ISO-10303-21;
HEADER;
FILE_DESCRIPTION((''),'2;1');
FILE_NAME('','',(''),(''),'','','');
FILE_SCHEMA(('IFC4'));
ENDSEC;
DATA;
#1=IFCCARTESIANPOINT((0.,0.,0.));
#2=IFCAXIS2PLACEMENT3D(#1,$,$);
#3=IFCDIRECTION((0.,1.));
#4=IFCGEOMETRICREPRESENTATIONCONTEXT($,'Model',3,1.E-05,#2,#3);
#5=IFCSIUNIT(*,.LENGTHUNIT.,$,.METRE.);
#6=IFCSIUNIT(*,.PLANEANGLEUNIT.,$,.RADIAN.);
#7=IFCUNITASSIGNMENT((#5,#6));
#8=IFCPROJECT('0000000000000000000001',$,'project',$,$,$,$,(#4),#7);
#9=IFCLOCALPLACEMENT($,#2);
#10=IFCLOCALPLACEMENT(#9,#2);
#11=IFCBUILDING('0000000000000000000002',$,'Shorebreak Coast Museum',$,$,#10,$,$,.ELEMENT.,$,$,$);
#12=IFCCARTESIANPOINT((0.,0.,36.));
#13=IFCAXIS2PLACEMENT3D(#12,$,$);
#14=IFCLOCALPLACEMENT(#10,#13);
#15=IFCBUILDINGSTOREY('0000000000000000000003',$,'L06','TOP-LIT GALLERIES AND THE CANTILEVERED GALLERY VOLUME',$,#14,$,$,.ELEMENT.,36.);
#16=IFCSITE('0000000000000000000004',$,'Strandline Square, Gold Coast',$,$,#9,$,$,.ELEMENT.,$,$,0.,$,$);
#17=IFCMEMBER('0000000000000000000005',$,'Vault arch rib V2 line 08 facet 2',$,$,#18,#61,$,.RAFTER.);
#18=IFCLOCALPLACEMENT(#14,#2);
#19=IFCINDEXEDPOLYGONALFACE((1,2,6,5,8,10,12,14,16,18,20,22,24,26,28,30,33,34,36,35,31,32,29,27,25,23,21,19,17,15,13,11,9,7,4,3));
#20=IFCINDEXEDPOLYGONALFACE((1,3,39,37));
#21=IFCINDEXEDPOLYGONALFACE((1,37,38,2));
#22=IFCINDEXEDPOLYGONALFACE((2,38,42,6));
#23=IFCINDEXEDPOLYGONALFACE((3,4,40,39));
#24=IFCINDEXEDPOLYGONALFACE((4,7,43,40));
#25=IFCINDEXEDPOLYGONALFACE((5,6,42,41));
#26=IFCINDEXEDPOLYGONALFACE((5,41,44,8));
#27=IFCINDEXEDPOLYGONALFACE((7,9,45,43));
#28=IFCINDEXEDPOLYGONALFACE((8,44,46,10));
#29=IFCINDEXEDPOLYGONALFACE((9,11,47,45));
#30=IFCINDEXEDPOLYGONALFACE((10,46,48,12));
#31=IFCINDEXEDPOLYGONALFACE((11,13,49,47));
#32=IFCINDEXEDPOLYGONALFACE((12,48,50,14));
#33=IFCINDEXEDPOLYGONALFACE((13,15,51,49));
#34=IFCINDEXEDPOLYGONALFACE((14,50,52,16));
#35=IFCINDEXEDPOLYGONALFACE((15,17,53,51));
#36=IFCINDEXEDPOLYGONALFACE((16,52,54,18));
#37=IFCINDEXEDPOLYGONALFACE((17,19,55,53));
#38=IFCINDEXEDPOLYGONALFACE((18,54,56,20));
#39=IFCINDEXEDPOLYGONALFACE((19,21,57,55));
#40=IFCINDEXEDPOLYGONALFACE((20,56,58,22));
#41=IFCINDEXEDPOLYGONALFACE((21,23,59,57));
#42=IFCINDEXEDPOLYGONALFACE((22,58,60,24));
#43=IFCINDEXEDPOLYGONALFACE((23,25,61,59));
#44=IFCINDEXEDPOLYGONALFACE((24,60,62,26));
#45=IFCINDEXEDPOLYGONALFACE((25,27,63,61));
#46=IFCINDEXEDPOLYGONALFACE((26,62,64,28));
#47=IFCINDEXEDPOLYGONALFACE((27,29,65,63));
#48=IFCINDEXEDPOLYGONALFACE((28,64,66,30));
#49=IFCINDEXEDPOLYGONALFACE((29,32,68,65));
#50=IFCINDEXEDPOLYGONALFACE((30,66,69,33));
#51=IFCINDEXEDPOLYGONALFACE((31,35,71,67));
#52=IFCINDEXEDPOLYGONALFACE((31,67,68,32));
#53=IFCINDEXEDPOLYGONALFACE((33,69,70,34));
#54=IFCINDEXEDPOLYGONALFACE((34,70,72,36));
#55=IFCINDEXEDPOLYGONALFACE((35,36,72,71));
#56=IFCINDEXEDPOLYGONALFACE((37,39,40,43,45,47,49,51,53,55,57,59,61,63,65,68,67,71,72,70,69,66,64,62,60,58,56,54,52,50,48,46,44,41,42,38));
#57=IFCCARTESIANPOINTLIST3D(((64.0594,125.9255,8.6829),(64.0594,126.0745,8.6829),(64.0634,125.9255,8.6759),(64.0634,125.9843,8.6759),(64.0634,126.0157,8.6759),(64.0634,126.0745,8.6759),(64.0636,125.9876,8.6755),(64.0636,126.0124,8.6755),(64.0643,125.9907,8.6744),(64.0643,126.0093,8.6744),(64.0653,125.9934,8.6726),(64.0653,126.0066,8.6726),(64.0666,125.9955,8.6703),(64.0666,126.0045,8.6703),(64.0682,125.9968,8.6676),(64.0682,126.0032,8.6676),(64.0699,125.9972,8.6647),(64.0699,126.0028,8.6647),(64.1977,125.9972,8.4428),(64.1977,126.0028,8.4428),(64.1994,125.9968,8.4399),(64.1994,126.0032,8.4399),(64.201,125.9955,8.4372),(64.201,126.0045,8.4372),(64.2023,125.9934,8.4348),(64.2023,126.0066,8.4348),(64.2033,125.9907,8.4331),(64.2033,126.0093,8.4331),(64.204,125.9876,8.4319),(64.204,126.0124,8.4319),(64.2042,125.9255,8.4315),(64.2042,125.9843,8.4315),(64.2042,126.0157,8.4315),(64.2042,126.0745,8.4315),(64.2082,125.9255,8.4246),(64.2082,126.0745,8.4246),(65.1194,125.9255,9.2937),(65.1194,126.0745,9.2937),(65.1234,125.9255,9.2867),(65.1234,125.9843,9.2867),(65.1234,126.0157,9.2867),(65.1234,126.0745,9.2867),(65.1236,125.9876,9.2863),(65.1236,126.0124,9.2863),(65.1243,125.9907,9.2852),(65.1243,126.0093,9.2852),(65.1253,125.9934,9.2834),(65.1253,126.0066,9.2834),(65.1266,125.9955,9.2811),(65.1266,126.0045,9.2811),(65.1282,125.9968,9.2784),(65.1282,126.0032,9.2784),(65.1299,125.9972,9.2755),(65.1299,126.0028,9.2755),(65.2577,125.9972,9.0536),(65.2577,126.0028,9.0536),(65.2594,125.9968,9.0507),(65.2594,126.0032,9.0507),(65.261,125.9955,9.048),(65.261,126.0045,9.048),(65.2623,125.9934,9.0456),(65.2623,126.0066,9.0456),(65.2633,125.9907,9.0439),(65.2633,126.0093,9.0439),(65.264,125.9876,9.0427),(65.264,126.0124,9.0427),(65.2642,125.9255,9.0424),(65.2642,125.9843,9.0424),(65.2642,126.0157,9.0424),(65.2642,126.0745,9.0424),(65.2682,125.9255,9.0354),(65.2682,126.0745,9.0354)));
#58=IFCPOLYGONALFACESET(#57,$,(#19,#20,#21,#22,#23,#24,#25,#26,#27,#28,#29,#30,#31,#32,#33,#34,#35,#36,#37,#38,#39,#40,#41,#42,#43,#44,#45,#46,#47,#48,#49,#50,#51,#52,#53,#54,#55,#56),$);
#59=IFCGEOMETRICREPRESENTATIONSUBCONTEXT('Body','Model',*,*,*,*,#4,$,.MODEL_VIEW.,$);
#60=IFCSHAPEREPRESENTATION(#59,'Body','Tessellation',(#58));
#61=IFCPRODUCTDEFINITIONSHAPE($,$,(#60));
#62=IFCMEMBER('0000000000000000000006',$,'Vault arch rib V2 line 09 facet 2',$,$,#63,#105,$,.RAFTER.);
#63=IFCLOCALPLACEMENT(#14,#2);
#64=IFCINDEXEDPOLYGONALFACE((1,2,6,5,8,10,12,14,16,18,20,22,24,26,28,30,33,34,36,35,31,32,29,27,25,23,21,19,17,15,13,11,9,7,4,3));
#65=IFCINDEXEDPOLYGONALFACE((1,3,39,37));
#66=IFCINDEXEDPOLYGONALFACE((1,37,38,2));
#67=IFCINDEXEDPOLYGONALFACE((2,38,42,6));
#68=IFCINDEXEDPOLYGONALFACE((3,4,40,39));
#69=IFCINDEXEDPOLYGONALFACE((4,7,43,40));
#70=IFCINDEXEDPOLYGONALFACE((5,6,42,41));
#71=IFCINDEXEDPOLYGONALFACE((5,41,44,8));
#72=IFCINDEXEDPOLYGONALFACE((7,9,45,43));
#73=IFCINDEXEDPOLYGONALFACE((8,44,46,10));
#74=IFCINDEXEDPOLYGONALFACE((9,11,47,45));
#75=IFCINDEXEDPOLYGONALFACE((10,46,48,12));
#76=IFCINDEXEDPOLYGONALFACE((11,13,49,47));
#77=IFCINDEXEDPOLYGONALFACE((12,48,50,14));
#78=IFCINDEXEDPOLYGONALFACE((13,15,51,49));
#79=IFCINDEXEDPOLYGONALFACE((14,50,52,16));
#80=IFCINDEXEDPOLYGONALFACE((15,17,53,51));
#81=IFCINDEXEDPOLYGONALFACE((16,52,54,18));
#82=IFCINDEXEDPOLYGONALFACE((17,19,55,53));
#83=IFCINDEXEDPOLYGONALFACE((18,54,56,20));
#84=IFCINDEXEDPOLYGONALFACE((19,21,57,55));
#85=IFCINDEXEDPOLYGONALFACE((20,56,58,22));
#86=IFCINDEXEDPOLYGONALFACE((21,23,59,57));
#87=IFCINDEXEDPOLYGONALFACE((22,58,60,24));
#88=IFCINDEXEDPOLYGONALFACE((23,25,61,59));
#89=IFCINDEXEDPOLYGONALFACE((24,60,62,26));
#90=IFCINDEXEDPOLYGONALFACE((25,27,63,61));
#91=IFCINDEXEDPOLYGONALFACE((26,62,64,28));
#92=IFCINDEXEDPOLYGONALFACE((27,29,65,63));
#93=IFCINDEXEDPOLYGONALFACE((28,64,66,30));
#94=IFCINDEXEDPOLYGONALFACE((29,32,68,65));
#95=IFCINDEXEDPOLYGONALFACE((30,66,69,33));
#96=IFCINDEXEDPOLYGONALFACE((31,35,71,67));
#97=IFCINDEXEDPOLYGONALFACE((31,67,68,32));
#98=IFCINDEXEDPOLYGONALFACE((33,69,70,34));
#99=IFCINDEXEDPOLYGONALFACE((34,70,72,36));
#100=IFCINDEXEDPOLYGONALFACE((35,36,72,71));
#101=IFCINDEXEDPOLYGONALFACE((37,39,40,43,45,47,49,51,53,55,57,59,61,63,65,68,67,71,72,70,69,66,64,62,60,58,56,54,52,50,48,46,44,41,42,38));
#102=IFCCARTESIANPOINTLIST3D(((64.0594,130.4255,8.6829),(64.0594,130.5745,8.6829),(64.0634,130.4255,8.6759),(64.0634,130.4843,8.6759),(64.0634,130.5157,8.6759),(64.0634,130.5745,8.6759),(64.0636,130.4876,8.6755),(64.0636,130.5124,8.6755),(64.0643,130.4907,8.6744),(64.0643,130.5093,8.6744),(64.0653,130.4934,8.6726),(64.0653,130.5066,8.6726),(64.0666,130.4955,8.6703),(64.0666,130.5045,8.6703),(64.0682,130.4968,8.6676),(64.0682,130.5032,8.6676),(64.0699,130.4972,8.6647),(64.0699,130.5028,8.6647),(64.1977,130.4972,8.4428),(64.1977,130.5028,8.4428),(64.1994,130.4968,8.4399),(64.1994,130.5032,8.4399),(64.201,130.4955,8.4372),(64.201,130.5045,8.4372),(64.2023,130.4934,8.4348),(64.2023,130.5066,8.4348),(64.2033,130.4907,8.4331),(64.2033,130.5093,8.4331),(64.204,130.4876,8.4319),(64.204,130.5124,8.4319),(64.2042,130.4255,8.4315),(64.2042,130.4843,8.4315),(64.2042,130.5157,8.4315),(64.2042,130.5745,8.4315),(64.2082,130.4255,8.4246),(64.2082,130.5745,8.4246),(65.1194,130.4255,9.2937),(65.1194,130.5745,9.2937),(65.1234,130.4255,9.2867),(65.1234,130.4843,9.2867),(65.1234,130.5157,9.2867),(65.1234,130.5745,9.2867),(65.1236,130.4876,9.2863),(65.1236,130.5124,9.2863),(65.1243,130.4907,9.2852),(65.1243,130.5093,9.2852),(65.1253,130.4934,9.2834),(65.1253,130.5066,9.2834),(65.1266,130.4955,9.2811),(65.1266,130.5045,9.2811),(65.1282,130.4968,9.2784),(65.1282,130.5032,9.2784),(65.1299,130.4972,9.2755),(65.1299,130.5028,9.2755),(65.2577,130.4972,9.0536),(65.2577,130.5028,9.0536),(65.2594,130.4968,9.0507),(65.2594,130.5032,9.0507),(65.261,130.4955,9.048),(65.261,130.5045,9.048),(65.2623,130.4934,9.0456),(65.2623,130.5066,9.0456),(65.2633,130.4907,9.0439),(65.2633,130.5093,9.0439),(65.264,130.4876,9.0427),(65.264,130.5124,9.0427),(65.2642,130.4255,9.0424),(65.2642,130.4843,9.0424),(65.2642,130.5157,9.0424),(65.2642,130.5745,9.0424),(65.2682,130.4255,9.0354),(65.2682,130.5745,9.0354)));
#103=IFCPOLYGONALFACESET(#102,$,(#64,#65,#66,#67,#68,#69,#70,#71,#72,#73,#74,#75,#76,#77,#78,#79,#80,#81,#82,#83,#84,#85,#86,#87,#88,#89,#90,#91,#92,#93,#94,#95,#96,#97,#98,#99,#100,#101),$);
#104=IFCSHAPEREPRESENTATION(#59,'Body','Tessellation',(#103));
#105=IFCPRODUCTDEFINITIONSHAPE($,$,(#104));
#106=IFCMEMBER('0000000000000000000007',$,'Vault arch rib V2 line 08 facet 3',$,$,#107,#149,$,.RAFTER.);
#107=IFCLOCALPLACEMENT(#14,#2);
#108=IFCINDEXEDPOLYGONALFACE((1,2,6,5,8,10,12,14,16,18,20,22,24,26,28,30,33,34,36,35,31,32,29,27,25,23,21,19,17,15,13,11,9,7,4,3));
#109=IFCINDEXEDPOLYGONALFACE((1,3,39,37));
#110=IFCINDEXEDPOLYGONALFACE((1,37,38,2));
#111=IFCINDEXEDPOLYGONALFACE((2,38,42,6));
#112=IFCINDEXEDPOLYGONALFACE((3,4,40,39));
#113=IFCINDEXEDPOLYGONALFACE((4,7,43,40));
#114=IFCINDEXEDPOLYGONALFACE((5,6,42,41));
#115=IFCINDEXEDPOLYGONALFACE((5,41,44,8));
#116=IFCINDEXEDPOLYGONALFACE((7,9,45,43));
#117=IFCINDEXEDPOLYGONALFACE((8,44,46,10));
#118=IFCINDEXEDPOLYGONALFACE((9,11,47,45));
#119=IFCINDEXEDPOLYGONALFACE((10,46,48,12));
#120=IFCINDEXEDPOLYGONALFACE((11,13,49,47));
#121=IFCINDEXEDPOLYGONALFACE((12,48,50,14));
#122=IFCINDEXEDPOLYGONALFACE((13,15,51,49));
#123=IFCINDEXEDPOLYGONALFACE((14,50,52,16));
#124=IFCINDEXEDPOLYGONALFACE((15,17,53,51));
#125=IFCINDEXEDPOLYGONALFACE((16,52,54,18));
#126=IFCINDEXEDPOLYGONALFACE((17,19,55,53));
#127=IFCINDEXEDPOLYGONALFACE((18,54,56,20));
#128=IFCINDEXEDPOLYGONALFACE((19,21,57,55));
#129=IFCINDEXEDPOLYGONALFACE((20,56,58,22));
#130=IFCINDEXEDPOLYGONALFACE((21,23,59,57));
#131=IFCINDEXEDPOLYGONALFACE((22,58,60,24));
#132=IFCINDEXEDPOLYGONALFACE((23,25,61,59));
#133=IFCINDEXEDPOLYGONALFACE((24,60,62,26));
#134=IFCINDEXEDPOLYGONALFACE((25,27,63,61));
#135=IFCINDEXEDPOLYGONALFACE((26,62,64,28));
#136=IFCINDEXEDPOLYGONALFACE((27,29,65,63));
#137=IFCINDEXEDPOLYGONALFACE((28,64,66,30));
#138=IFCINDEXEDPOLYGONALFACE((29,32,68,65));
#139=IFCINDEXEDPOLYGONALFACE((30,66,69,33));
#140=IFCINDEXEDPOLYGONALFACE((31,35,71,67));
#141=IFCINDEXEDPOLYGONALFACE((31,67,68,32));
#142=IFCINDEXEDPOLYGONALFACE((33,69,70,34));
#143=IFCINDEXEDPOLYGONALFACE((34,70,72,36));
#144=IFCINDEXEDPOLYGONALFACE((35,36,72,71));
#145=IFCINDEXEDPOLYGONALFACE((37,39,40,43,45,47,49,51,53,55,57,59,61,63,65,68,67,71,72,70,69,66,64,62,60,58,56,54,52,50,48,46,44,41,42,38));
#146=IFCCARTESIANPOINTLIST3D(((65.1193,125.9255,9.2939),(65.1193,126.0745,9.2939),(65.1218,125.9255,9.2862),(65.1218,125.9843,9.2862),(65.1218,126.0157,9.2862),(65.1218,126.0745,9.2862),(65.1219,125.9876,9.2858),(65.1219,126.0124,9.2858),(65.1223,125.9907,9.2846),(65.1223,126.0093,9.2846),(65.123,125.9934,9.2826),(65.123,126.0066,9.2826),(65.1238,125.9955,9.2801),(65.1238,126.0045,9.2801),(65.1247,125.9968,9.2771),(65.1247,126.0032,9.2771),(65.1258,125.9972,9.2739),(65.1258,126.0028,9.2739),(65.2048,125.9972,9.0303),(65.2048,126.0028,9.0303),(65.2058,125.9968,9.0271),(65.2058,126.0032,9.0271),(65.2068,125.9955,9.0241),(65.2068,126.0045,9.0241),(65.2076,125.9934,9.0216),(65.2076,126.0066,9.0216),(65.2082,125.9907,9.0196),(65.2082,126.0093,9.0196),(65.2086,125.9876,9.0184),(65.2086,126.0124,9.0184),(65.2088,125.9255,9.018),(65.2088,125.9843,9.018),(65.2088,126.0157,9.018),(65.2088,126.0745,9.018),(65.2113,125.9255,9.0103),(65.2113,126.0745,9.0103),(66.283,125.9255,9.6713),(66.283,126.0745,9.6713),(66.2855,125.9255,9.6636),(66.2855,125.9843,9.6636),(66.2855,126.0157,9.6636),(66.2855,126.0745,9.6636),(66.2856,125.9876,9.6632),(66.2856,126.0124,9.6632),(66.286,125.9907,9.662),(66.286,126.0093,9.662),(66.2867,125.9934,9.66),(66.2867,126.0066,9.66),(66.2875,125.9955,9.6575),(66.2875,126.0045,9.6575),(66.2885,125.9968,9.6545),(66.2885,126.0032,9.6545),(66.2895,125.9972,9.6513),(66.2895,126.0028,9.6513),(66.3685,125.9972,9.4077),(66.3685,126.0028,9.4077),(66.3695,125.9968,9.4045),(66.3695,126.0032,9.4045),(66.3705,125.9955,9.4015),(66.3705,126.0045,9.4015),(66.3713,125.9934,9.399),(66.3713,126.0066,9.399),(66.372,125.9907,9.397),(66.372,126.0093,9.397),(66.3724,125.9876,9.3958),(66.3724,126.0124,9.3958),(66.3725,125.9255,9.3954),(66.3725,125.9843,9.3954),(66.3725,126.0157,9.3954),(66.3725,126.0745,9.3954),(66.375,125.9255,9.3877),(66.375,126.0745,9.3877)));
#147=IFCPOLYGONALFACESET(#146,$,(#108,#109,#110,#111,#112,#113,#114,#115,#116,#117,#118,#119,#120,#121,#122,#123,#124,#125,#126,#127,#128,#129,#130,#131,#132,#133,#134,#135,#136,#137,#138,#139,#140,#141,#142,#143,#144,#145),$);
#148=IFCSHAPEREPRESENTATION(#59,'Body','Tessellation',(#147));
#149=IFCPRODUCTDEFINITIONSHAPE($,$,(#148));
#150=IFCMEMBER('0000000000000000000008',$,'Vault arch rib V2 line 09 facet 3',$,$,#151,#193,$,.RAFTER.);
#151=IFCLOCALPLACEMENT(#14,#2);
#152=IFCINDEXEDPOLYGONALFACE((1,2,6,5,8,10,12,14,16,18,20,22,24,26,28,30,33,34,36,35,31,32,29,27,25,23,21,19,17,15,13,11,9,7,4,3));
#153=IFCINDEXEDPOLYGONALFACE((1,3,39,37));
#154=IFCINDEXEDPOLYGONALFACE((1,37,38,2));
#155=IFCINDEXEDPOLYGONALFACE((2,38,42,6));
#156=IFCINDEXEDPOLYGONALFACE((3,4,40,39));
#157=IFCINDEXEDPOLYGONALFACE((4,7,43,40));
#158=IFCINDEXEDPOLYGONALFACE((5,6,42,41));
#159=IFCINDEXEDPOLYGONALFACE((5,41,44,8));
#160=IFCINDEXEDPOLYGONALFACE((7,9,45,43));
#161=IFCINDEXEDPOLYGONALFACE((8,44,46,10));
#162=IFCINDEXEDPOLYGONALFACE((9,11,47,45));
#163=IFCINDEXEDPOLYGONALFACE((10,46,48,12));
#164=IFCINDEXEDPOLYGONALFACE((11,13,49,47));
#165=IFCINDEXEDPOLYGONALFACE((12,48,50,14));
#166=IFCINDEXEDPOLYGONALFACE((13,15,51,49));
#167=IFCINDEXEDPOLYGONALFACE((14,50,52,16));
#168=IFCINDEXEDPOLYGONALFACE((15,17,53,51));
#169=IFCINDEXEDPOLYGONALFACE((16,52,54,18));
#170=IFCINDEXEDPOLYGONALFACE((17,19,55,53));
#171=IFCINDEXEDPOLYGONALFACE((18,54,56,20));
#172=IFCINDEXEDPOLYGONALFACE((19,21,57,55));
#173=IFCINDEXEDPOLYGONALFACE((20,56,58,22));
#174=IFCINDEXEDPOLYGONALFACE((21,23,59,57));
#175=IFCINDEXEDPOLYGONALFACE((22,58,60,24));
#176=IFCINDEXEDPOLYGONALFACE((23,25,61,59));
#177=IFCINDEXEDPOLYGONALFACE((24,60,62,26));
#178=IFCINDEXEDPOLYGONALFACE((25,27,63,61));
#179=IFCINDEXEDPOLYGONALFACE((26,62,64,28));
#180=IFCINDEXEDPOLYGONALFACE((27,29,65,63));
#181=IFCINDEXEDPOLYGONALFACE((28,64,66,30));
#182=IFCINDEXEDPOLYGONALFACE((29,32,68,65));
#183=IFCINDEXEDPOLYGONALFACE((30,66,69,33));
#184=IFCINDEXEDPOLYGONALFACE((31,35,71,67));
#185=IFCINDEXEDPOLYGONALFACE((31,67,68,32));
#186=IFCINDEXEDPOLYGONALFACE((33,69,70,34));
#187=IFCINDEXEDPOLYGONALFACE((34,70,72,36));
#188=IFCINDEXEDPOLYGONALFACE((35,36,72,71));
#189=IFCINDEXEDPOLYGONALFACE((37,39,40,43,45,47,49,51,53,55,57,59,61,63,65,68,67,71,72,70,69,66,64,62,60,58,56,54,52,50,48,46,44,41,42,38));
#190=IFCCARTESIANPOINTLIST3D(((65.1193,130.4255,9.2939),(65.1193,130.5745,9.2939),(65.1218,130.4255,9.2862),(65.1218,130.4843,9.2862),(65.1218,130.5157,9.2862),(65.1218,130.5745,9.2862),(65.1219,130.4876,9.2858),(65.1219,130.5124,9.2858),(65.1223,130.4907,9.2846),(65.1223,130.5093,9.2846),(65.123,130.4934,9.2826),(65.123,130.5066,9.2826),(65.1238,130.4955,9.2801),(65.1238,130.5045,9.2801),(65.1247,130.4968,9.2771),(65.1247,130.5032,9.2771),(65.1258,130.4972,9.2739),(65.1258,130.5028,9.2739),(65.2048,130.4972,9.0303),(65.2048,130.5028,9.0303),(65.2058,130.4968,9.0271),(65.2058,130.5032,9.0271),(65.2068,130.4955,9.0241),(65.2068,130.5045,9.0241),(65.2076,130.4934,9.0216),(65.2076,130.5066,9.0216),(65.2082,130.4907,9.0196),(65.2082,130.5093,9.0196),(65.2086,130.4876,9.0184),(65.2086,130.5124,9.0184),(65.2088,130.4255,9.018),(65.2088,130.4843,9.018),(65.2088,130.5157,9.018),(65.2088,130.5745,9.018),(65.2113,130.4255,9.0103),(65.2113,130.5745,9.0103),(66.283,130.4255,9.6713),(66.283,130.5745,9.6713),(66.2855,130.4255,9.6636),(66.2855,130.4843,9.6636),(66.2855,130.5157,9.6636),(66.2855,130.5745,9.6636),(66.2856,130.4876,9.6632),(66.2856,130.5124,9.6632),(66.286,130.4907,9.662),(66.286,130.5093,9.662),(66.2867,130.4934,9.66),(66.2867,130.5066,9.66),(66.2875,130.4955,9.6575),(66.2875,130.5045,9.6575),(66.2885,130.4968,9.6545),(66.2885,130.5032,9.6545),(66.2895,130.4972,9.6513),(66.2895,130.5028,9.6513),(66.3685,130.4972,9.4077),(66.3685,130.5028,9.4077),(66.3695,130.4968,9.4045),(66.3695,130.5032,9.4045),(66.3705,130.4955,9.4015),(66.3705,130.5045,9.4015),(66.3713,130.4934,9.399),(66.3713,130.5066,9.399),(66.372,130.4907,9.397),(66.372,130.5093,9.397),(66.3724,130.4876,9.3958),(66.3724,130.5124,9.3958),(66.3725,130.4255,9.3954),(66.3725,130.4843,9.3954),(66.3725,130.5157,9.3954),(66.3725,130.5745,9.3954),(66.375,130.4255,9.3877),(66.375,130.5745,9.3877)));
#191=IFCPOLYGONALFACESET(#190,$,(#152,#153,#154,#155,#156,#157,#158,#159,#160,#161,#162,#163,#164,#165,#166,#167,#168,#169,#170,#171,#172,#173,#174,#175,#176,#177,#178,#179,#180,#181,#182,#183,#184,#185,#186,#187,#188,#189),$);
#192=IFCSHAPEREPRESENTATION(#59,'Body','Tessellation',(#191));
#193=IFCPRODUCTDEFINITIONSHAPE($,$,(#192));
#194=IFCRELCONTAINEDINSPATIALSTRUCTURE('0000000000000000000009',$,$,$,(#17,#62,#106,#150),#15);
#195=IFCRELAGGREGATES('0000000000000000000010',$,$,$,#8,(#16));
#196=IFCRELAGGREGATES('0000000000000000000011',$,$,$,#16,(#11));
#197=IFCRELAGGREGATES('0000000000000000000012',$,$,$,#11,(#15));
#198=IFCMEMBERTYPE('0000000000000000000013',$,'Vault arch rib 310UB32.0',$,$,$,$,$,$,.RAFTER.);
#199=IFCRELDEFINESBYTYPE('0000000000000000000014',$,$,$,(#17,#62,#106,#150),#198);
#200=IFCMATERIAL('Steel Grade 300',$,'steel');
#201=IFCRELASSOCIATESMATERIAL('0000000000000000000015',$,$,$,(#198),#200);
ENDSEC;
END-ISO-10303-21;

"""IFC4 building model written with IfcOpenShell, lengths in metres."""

from ifc_helpers import new_model, si_unit, direction, frame, origin, origin_2d, place, context, subcontext, project, spatial, i_section, extrude, material, material_profile, profile_set, type_object, element, save


model = new_model("IFC4")

# Units and contexts
model_context = context("Model", 3, precision=1e-05, world=origin(), true_north=direction((0.0, 1.0)))
body_context = subcontext(model_context, "Body", "Model", "MODEL_VIEW")
ifc_project = project(units=[si_unit("LENGTHUNIT", "METRE"), si_unit("PLANEANGLEUNIT", "RADIAN")], contexts=[model_context])

# Site, building, storey
site_placement = place(None, origin())
site = spatial("IfcSite", under=ifc_project, at=site_placement, Name="Strandline Square, Gold Coast", CompositionType="ELEMENT", RefElevation=0.0)
building_placement = place(site_placement, origin())
building = spatial("IfcBuilding", under=site, at=building_placement, Name="Shorebreak Coast Museum", CompositionType="ELEMENT")
storey_placement = place(building_placement, frame((0.0, 0.0, 36.0)))
storey = spatial("IfcBuildingStorey", under=building, at=storey_placement, Name="L06", Description="TOP-LIT GALLERIES AND THE CANTILEVERED GALLERY VOLUME", CompositionType="ELEMENT", Elevation=36.0)

# Members
ifc_material_1 = material(Name="Steel Grade 300", Category="steel")
ifc_material_profile_1 = material_profile(ifc_material_1, i_section(OverallWidth=0.1489, OverallDepth=0.2981, WebThickness=0.0056, FlangeThickness=0.0081, FilletRadius=0.0129, at=origin_2d()), Name="310UB32.0")
ifc_profile_set_1 = profile_set([ifc_material_profile_1], Name="Steel Grade 300")
member_type_1 = type_object("IfcMemberType", Name="Vault arch rib 310UB32.0", PredefinedType="RAFTER", material=ifc_profile_set_1)
for number, where, z_axis, x_axis, name in (
    (1, (64.1338, 126.0, 8.5537), (0.866445, 0.0, 0.499273), (0.0, 1.0, 0.0), "Vault arch rib V2 line 08 facet 2"),
    (2, (64.1338, 130.5, 8.5537), (0.866445, 0.0, 0.499273), (0.0, 1.0, 0.0), "Vault arch rib V2 line 09 facet 2"),
    (3, (65.1653, 126.0, 9.1521), (0.951226, 0.0, 0.308495), (0.0, 1.0, 0.0), "Vault arch rib V2 line 08 facet 3"),
    (4, (65.1653, 130.5, 9.1521), (0.951226, 0.0, 0.308495), (0.0, 1.0, 0.0), "Vault arch rib V2 line 09 facet 3"),
):
    element("IfcMember", number, at=place(storey_placement, frame(where, z_axis=z_axis, x_axis=x_axis)), inside=storey, type_object=member_type_1, Name=name, PredefinedType="RAFTER", context=body_context, shape_type="SweptSolid", body=[
        extrude(i_section(OverallWidth=0.1489, OverallDepth=0.2981, WebThickness=0.0056, FlangeThickness=0.0081, FilletRadius=0.0129, at=origin_2d()), origin(), (0.0, 0.0, 1.0), 1.2234),
    ])

save(model, "model.ifc")
